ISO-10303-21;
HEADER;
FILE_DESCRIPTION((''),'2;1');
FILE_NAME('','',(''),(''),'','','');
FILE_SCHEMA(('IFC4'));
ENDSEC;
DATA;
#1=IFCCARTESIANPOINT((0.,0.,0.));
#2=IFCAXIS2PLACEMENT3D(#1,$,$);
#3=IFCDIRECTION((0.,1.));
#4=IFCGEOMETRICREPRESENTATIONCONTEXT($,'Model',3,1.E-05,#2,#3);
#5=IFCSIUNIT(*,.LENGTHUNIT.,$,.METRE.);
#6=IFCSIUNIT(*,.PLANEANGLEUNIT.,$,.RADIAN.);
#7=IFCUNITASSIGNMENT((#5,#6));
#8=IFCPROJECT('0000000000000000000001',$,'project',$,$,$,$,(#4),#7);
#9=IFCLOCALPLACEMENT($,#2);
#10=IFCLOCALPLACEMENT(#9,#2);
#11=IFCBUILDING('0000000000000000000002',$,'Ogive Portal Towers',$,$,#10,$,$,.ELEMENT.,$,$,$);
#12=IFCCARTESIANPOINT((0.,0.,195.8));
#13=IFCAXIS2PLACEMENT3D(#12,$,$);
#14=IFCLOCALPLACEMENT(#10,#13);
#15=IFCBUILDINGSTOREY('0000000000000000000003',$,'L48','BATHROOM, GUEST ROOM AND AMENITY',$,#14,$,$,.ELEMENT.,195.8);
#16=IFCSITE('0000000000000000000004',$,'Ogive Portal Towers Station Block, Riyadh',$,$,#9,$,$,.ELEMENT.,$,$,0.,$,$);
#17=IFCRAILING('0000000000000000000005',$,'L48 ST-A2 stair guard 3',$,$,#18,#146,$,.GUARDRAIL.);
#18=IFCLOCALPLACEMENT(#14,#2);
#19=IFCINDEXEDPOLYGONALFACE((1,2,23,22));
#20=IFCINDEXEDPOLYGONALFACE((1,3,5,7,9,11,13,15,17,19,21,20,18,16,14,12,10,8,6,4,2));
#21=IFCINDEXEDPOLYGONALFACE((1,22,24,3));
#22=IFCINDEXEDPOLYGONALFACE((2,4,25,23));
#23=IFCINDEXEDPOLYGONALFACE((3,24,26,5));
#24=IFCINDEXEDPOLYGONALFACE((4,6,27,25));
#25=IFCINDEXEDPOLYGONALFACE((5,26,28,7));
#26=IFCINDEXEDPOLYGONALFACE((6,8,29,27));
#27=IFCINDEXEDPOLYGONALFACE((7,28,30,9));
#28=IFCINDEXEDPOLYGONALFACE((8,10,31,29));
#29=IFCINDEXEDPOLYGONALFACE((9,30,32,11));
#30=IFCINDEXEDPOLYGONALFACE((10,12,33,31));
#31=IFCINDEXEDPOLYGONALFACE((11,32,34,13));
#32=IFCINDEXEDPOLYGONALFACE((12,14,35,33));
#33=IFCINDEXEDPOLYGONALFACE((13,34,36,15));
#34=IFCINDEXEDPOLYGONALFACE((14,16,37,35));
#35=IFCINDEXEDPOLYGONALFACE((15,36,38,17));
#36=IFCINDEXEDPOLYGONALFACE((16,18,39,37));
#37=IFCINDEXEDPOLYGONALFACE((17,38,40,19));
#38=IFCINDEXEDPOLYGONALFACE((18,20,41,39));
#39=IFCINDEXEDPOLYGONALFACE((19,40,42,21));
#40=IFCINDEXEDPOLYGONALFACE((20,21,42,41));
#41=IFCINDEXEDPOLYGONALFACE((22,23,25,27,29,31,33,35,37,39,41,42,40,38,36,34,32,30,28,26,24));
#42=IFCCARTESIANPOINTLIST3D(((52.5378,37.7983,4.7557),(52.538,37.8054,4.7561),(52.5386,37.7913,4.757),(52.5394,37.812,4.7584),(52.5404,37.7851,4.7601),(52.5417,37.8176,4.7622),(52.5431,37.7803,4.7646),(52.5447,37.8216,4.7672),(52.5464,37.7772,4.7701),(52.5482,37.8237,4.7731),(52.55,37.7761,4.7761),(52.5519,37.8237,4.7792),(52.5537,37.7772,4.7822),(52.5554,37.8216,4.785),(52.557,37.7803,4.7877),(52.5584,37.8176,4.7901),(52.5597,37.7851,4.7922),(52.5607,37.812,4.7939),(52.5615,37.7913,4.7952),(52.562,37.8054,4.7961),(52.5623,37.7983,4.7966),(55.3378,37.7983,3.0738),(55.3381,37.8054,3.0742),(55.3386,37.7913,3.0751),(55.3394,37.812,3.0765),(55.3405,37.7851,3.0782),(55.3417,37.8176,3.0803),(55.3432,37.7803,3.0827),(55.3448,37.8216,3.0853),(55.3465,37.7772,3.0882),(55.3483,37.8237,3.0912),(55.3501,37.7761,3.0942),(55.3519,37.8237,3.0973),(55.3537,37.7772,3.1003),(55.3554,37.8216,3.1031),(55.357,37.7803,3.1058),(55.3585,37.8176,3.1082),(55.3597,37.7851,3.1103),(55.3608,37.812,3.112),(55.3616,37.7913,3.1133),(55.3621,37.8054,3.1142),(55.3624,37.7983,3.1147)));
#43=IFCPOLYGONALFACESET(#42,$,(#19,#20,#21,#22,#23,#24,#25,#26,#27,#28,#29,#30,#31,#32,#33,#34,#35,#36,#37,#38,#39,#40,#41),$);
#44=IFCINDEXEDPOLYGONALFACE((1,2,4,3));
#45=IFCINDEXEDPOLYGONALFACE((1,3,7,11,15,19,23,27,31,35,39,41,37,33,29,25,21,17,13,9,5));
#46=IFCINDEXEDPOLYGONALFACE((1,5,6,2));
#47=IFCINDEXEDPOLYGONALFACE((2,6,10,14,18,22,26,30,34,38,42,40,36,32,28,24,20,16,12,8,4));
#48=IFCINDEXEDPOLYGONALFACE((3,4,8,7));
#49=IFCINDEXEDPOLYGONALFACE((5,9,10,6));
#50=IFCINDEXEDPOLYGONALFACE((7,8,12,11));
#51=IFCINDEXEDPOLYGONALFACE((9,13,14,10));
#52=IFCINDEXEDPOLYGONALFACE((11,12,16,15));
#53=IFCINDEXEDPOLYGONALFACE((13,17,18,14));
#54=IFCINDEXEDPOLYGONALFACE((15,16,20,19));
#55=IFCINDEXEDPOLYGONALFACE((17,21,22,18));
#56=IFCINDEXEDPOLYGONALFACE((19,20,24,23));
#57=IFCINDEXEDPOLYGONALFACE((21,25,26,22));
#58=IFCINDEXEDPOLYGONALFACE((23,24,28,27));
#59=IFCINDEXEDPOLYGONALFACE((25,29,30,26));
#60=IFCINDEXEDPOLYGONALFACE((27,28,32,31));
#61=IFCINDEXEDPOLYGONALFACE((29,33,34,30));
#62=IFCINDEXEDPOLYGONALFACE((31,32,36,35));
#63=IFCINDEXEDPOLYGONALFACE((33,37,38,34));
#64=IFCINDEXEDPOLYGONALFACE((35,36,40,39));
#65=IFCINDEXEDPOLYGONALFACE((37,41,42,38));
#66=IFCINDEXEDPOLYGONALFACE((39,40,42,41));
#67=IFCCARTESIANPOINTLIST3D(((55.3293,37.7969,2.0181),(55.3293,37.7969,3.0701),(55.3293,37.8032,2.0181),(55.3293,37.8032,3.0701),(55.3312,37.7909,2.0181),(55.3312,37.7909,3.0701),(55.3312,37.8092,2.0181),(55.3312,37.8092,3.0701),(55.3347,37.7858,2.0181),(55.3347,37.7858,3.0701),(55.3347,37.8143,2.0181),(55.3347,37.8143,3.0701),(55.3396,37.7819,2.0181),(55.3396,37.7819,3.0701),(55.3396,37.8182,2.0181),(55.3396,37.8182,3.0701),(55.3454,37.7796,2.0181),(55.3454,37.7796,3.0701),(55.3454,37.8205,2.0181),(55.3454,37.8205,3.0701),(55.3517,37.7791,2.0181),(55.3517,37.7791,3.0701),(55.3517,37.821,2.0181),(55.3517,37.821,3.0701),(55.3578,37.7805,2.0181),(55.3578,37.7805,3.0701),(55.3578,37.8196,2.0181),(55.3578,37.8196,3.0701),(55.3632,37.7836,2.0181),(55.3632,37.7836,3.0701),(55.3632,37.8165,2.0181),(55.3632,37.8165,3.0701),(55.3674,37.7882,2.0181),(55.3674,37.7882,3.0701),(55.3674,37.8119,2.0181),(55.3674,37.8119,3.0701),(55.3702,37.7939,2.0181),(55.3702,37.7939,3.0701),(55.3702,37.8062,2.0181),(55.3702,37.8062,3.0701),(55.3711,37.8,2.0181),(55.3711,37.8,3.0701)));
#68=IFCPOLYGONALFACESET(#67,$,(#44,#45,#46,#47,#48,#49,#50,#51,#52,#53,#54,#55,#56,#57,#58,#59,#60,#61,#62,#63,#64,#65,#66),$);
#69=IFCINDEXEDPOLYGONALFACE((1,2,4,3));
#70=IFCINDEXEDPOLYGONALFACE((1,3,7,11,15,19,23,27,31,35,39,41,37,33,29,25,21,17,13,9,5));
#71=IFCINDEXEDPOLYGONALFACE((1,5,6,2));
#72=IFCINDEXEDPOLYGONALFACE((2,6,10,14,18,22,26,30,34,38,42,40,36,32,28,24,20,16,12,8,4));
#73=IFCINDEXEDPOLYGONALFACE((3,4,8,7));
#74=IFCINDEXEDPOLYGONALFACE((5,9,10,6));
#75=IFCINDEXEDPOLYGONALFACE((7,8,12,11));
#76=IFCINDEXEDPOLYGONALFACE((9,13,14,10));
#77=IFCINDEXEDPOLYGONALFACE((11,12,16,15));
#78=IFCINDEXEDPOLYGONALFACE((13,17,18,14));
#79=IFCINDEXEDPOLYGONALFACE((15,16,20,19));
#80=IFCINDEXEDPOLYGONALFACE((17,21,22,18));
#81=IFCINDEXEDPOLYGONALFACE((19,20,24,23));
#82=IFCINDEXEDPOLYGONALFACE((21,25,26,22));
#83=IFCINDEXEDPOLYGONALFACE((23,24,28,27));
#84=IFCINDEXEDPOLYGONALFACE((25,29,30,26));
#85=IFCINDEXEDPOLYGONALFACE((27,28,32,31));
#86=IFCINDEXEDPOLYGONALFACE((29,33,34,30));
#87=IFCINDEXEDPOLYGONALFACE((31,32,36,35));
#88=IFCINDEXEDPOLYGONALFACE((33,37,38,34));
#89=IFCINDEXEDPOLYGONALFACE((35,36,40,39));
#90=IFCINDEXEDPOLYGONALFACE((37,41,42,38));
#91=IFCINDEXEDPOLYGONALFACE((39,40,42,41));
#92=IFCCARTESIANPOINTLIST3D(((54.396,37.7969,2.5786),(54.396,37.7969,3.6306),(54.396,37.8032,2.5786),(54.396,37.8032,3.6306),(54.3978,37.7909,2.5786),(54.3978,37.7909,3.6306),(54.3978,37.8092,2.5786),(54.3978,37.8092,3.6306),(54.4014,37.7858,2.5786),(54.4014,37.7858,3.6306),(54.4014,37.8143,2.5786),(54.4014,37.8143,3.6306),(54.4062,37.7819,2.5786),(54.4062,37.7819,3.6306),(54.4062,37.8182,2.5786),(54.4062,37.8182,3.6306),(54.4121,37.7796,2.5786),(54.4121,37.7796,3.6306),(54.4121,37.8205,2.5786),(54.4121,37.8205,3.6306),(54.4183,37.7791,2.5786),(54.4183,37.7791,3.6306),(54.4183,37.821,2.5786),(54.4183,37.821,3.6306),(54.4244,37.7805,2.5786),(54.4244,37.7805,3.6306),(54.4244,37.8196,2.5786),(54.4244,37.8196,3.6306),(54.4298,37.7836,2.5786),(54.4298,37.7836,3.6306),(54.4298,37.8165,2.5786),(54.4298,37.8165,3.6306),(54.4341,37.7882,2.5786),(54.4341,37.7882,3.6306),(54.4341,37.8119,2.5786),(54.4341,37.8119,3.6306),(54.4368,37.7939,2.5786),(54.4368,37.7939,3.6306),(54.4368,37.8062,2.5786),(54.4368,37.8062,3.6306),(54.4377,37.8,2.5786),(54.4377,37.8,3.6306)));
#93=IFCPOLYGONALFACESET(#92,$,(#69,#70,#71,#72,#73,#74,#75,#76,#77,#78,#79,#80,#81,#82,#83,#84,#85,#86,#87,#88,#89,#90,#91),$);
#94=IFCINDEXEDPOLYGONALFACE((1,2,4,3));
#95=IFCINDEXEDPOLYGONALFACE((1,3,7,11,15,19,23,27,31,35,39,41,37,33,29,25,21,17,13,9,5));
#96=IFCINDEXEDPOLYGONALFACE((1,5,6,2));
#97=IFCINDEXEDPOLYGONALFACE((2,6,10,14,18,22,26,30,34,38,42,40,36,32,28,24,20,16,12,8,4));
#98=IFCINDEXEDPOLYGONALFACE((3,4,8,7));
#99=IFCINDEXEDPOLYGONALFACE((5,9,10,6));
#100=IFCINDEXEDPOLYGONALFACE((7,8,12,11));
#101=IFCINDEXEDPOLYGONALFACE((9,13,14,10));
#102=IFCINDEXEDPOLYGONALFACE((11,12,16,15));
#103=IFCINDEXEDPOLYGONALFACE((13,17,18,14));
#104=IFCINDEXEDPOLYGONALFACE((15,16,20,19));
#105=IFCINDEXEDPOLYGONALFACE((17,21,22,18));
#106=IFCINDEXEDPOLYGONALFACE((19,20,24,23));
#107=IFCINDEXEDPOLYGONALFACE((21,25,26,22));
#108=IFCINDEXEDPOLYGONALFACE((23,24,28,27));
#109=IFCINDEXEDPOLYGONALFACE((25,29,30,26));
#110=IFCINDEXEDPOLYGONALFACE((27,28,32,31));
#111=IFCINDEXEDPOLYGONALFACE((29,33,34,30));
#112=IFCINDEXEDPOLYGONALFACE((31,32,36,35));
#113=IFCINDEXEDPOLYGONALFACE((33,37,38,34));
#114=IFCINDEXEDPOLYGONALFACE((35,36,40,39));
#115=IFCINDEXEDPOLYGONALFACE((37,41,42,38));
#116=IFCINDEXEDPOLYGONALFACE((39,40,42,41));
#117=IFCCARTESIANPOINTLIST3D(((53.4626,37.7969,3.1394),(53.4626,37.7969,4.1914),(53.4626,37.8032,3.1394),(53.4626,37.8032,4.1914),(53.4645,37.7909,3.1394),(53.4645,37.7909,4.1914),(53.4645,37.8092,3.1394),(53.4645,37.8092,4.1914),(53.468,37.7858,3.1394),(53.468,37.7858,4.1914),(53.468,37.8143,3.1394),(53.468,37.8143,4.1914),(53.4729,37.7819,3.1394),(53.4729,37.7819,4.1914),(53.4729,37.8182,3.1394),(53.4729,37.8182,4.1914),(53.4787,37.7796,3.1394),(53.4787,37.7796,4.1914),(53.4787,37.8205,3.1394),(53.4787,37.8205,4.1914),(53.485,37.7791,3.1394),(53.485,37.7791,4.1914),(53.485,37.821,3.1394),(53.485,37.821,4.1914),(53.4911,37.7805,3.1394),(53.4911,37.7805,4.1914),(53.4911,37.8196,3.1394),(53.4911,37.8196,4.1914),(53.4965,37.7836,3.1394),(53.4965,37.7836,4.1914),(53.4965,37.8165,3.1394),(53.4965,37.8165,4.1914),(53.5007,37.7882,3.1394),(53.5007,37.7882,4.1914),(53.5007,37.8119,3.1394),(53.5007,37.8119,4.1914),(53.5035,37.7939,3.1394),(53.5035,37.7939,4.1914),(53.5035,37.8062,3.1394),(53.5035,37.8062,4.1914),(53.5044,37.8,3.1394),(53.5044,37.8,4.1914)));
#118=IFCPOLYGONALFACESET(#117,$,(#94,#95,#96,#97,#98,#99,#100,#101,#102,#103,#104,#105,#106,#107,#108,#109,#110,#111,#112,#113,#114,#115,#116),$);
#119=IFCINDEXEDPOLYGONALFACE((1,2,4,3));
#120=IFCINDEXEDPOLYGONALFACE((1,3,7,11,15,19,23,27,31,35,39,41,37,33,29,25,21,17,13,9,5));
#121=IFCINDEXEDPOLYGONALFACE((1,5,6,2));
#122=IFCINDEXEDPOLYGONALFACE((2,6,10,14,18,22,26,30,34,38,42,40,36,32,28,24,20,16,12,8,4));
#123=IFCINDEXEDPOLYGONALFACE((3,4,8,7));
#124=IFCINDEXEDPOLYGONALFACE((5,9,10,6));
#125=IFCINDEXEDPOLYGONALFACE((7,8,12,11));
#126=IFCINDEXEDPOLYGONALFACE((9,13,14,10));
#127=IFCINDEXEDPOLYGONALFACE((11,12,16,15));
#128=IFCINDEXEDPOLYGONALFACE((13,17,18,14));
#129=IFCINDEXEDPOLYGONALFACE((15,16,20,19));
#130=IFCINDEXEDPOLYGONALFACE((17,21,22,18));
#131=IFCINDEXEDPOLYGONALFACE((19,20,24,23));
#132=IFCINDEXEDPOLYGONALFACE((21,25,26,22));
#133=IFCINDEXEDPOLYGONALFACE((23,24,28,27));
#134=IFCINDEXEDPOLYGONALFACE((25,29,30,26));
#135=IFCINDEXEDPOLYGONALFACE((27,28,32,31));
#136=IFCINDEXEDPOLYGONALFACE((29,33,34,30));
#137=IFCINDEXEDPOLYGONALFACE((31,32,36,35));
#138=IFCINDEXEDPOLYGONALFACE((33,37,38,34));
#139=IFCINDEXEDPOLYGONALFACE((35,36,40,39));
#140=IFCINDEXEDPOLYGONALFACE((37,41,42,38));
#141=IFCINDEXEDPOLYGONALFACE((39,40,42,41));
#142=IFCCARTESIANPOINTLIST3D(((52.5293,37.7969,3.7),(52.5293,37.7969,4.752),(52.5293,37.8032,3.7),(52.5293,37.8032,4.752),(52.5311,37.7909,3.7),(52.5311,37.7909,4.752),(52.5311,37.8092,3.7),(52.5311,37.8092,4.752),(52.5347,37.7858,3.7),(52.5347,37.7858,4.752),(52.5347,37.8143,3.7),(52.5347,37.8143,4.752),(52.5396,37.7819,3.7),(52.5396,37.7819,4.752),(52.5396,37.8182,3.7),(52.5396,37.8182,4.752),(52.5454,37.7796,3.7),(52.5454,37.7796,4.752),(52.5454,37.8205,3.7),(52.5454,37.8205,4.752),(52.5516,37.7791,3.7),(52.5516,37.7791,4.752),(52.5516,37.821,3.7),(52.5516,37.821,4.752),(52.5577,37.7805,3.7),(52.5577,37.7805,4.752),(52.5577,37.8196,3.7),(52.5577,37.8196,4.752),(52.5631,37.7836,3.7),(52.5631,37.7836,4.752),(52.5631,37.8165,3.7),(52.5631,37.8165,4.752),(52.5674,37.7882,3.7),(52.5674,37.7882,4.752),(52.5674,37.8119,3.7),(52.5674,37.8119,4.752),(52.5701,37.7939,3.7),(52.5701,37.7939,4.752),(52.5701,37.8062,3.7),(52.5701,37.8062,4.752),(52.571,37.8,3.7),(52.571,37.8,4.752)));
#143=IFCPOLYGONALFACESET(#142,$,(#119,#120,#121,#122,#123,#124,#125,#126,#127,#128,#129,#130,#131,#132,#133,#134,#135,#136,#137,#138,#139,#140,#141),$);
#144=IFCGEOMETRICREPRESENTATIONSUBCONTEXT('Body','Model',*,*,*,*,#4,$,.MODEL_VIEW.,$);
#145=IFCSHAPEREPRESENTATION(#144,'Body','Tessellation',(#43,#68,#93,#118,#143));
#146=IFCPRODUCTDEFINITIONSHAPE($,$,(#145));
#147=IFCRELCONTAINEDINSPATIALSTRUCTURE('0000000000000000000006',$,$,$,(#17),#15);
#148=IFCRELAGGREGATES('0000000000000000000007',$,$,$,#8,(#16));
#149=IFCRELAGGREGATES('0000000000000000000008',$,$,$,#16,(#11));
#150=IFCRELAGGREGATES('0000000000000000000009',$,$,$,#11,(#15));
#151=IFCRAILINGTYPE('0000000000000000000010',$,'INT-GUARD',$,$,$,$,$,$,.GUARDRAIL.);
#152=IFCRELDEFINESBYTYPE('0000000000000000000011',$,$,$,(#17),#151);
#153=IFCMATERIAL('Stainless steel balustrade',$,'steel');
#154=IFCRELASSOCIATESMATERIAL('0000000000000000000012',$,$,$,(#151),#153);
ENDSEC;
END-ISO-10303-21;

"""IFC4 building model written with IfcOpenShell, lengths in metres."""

from ifc_helpers import new_model, si_unit, direction, frame, origin, origin_2d, place, context, subcontext, project, spatial, circle, extrude, material, type_object, element, save


model = new_model("IFC4")

# Units and contexts
model_context = context("Model", 3, precision=1e-05, world=origin(), true_north=direction((0.0, 1.0)))
body_context = subcontext(model_context, "Body", "Model", "MODEL_VIEW")
ifc_project = project(units=[si_unit("LENGTHUNIT", "METRE"), si_unit("PLANEANGLEUNIT", "RADIAN")], contexts=[model_context])

# Site, building, storey
site_placement = place(None, origin())
site = spatial("IfcSite", under=ifc_project, at=site_placement, Name="Ogive Portal Towers Station Block, Riyadh", CompositionType="ELEMENT", RefElevation=0.0)
building_placement = place(site_placement, origin())
building = spatial("IfcBuilding", under=site, at=building_placement, Name="Ogive Portal Towers", CompositionType="ELEMENT")
storey_placement = place(building_placement, frame((0.0, 0.0, 195.8)))
storey = spatial("IfcBuildingStorey", under=building, at=storey_placement, Name="L48", Description="BATHROOM, GUEST ROOM AND AMENITY", CompositionType="ELEMENT", Elevation=195.8)

# Railing
ifc_material_1 = material(Name="Stainless steel balustrade", Category="steel")
railing_type_1 = type_object("IfcRailingType", Name="INT-GUARD", PredefinedType="GUARDRAIL", material=ifc_material_1)
railing_1_placement = place(storey_placement, frame((55.3501, 37.8, 2.0181)))
element("IfcRailing", 1, at=railing_1_placement, inside=storey, type_object=railing_type_1, Name="L48 ST-A2 stair guard 3", PredefinedType="GUARDRAIL", context=body_context, shape_type="SweptSolid", body=[
    extrude(circle(Radius=0.0239, at=origin_2d()), frame((0.0, 0.0, 1.0762), z_axis=(-0.857242, 0.0, 0.514913), x_axis=(0.0, -1.0, 0.0)), (0.0, 0.0, 1.0), 3.2664),
    extrude(circle(Radius=0.021, at=origin_2d()), origin(), (0.0, 0.0, 1.0), 1.052),
    extrude(circle(Radius=0.021, at=origin_2d()), frame((-0.9333, 0.0, 0.5605)), (0.0, 0.0, 1.0), 1.052),
    extrude(circle(Radius=0.021, at=origin_2d()), frame((-1.8667, 0.0, 1.1213)), (0.0, 0.0, 1.0), 1.052),
    extrude(circle(Radius=0.021, at=origin_2d()), frame((-2.8, 0.0, 1.6819)), (0.0, 0.0, 1.0), 1.052),
])

save(model, "model.ifc")
